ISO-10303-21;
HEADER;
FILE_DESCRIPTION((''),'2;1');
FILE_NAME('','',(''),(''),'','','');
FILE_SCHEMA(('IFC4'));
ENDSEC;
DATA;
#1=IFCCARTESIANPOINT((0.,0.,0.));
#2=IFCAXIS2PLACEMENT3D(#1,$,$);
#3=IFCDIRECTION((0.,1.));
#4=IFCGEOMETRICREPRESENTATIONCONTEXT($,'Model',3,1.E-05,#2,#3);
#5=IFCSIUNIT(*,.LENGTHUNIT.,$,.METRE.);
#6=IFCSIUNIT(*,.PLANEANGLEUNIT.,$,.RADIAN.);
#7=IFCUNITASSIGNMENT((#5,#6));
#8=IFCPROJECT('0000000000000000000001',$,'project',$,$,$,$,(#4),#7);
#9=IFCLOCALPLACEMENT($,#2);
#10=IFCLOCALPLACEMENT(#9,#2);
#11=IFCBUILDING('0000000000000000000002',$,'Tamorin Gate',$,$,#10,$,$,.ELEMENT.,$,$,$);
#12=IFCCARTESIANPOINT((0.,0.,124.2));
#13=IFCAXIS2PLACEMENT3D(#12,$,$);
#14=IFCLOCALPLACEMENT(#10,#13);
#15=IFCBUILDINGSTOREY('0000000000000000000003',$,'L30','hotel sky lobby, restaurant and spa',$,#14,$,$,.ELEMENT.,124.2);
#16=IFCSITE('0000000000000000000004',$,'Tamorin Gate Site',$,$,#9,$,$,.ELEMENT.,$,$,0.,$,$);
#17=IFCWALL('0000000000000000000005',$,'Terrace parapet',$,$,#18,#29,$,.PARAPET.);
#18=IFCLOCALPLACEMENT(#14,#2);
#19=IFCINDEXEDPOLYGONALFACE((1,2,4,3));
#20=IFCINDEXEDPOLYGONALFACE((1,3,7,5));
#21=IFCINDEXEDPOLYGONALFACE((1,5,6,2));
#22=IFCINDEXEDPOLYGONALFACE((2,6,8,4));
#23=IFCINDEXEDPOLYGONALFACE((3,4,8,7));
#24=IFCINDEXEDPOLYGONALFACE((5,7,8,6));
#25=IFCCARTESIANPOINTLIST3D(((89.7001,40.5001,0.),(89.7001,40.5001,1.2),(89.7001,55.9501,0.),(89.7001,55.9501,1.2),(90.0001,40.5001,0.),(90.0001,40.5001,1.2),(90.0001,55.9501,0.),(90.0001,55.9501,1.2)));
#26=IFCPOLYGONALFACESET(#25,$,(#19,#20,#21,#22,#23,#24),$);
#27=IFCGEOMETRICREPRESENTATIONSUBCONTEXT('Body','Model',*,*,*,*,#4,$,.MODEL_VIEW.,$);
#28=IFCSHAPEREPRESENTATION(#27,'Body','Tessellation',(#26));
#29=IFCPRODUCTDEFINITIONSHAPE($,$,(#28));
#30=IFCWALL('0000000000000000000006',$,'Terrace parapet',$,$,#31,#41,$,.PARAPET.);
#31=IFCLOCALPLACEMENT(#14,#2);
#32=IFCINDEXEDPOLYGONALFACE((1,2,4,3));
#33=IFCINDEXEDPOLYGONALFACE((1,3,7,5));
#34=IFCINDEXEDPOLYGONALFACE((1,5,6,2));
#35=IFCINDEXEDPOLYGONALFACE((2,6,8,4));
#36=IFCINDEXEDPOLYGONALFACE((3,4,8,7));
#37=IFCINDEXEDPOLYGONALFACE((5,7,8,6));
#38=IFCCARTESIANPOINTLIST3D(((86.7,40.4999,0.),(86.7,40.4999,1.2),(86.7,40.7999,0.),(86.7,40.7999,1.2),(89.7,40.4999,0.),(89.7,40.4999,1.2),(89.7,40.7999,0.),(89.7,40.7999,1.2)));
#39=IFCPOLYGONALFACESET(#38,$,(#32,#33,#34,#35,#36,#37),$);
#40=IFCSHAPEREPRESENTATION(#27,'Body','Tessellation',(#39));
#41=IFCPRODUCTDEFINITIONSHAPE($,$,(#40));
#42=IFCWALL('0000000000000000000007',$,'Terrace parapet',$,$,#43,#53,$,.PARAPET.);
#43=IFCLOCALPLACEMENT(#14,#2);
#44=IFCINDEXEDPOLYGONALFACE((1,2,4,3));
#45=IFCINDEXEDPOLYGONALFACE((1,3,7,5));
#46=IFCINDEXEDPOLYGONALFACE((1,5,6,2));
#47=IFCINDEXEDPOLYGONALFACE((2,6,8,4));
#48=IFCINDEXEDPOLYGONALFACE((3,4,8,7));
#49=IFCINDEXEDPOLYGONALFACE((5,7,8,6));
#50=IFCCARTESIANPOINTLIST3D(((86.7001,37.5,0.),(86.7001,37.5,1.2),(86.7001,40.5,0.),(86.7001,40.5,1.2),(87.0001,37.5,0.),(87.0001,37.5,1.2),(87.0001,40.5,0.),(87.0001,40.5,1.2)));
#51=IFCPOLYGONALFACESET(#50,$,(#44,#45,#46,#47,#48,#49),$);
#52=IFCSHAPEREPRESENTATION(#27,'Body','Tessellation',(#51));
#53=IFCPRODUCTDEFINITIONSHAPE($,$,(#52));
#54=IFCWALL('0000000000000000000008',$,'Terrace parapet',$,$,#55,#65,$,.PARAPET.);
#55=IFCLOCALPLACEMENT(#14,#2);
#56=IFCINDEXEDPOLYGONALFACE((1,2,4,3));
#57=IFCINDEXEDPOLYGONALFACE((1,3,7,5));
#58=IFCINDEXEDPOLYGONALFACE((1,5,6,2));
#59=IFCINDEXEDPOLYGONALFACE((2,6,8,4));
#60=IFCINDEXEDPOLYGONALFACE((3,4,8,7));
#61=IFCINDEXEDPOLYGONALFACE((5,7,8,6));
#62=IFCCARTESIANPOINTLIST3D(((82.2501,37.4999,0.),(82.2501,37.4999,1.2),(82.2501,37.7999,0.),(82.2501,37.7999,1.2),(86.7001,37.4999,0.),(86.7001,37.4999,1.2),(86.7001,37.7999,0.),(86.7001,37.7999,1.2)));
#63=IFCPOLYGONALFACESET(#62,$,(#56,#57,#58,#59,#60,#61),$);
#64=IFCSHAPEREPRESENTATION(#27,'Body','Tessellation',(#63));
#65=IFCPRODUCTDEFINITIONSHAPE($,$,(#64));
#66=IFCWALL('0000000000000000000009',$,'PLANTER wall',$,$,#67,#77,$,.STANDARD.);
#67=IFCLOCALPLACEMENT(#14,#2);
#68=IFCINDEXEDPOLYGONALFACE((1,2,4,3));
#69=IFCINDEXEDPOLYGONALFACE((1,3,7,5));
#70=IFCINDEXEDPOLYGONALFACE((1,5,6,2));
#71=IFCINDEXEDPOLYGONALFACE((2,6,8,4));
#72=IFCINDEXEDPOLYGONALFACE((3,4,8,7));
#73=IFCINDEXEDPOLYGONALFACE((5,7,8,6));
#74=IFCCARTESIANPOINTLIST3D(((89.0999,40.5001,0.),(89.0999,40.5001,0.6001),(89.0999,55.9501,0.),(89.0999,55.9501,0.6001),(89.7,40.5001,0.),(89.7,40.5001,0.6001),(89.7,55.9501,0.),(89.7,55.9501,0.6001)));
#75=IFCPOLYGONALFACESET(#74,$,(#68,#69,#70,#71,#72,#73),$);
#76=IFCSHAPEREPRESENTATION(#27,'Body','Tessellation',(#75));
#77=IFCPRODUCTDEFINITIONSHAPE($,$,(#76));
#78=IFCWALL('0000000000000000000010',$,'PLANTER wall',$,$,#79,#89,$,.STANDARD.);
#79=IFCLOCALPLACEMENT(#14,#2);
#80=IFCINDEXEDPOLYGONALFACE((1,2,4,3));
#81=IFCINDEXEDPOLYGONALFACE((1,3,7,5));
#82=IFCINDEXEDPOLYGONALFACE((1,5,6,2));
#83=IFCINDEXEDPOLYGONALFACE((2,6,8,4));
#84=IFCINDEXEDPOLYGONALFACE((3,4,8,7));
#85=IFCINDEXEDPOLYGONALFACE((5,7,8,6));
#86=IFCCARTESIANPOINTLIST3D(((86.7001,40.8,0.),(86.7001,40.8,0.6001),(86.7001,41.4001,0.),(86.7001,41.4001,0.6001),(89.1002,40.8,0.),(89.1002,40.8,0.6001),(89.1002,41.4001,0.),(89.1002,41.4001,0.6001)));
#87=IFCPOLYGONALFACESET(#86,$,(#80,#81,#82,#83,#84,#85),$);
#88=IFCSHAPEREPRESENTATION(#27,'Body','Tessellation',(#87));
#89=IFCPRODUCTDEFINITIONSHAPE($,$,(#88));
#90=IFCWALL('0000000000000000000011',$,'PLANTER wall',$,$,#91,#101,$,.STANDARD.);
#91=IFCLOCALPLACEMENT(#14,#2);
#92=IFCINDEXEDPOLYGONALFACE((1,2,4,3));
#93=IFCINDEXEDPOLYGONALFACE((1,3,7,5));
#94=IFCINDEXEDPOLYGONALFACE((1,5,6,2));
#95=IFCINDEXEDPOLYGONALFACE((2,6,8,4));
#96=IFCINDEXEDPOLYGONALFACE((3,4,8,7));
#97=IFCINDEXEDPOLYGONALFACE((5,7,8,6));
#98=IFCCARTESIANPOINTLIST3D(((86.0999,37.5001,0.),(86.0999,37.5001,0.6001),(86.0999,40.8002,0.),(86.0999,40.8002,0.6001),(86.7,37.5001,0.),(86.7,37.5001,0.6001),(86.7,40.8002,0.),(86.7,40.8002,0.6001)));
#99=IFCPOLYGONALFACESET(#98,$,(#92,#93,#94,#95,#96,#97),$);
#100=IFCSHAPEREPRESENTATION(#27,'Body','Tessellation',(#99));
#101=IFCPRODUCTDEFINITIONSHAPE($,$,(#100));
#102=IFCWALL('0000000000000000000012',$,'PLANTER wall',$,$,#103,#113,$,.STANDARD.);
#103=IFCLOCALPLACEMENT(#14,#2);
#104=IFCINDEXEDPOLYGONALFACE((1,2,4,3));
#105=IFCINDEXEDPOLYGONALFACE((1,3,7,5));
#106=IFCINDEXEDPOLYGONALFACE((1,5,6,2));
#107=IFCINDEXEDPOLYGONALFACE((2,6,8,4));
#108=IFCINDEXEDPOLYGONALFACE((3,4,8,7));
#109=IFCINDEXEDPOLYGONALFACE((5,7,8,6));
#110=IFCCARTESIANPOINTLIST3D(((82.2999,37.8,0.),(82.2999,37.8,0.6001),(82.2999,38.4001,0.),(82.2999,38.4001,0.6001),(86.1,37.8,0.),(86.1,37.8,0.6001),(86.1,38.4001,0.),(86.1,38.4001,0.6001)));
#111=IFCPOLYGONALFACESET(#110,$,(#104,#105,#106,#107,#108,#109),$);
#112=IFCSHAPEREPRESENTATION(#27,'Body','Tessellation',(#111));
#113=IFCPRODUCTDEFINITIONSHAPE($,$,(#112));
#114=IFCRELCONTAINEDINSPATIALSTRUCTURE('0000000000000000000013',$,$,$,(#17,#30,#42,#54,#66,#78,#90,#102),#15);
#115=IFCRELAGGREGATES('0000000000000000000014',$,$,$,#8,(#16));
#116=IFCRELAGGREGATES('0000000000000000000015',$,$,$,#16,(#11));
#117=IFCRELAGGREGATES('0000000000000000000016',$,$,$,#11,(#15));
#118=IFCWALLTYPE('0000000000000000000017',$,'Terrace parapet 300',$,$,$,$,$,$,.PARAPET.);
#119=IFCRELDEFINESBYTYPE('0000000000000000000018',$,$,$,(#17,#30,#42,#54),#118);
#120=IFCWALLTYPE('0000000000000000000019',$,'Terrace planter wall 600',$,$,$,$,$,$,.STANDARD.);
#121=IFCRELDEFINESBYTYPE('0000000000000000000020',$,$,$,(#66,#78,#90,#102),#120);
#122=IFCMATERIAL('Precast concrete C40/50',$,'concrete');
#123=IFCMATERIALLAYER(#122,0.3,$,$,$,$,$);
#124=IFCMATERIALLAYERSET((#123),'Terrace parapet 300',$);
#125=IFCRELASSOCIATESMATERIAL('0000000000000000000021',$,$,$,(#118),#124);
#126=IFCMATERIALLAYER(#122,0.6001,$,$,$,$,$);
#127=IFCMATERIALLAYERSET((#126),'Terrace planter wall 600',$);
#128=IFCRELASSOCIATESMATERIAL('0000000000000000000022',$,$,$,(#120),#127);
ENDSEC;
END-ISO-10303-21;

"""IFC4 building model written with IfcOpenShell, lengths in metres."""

from ifc_helpers import new_model, si_unit, direction, frame, frame_2d, origin, place, context, subcontext, project, spatial, rectangle, extrude, material, layer, layer_set, type_object, element, save


model = new_model("IFC4")

# Units and contexts
model_context = context("Model", 3, precision=1e-05, world=origin(), true_north=direction((0.0, 1.0)))
body_context = subcontext(model_context, "Body", "Model", "MODEL_VIEW")
ifc_project = project(units=[si_unit("LENGTHUNIT", "METRE"), si_unit("PLANEANGLEUNIT", "RADIAN")], contexts=[model_context])

# Site, building, storey
site_placement = place(None, origin())
site = spatial("IfcSite", under=ifc_project, at=site_placement, Name="Tamorin Gate Site", CompositionType="ELEMENT", RefElevation=0.0)
building_placement = place(site_placement, origin())
building = spatial("IfcBuilding", under=site, at=building_placement, Name="Tamorin Gate", CompositionType="ELEMENT")
storey_placement = place(building_placement, frame((0.0, 0.0, 124.2)))
storey = spatial("IfcBuildingStorey", under=building, at=storey_placement, Name="L30", Description="hotel sky lobby, restaurant and spa", CompositionType="ELEMENT", Elevation=124.2)

# Walls
ifc_material_1 = material(Name="Precast concrete C40/50", Category="concrete")
ifc_layer_1 = layer(ifc_material_1, 0.3)
ifc_layer_set_1 = layer_set([ifc_layer_1], Name="Terrace parapet 300")
wall_type_1 = type_object("IfcWallType", Name="Terrace parapet 300", PredefinedType="PARAPET", material=ifc_layer_set_1)
wall_1_placement = place(storey_placement, frame((89.8501, 40.5, 0.0), z_axis=(0.0, 0.0, 1.0), x_axis=(0.0, 1.0, 0.0)))
element("IfcWall", 1, at=wall_1_placement, inside=storey, type_object=wall_type_1, Name="Terrace parapet", PredefinedType="PARAPET", context=body_context, shape_type="SweptSolid", body=[
    extrude(rectangle(XDim=15.45, YDim=0.3, at=frame_2d((7.7251, 0.0))), origin(), (0.0, 0.0, 1.0), 1.2),
])
for number, where, z_axis, x_axis, name in (
    (2, (86.7, 40.6499, 0.0), (0.0, 0.0, 1.0), (1.0, 0.0, 0.0), "Terrace parapet"),
    (3, (86.8501, 37.5, 0.0), (0.0, 0.0, 1.0), (0.0, 1.0, 0.0), "Terrace parapet"),
):
    element("IfcWall", number, at=place(storey_placement, frame(where, z_axis=z_axis, x_axis=x_axis)), inside=storey, type_object=wall_type_1, Name=name, PredefinedType="PARAPET", context=body_context, shape_type="SweptSolid", body=[
        extrude(rectangle(XDim=3.0, YDim=0.3, at=frame_2d((1.5, 0.0))), origin(), (0.0, 0.0, 1.0), 1.2),
    ])
wall_2_placement = place(storey_placement, frame((82.25, 37.6499, 0.0), z_axis=(0.0, 0.0, 1.0), x_axis=(1.0, 0.0, 0.0)))
element("IfcWall", 4, at=wall_2_placement, inside=storey, type_object=wall_type_1, Name="Terrace parapet", PredefinedType="PARAPET", context=body_context, shape_type="SweptSolid", body=[
    extrude(rectangle(XDim=4.45, YDim=0.3, at=frame_2d((2.2251, 0.0))), origin(), (0.0, 0.0, 1.0), 1.2),
])
ifc_layer_2 = layer(ifc_material_1, 0.6001)
ifc_layer_set_2 = layer_set([ifc_layer_2], Name="Terrace planter wall 600")
wall_type_2 = type_object("IfcWallType", Name="Terrace planter wall 600", PredefinedType="STANDARD", material=ifc_layer_set_2)
wall_3_placement = place(storey_placement, frame((89.3999, 40.5, 0.0), z_axis=(0.0, 0.0, 1.0), x_axis=(0.0, 1.0, 0.0)))
element("IfcWall", 5, at=wall_3_placement, inside=storey, type_object=wall_type_2, Name="PLANTER wall", PredefinedType="STANDARD", context=body_context, shape_type="SweptSolid", body=[
    extrude(rectangle(XDim=15.45, YDim=0.6001, at=frame_2d((7.7251, 0.0))), origin(), (0.0, 0.0, 1.0), 0.6001),
])
wall_4_placement = place(storey_placement, frame((86.7, 41.1001, 0.0), z_axis=(0.0, 0.0, 1.0), x_axis=(1.0, 0.0, 0.0)))
element("IfcWall", 6, at=wall_4_placement, inside=storey, type_object=wall_type_2, Name="PLANTER wall", PredefinedType="STANDARD", context=body_context, shape_type="SweptSolid", body=[
    extrude(rectangle(XDim=2.4001, YDim=0.6001, at=frame_2d((1.2002, 0.0))), origin(), (0.0, 0.0, 1.0), 0.6001),
])
wall_5_placement = place(storey_placement, frame((86.3999, 40.8, 0.0), z_axis=(0.0, 0.0, 1.0), x_axis=(0.0, -1.0, 0.0)))
element("IfcWall", 7, at=wall_5_placement, inside=storey, type_object=wall_type_2, Name="PLANTER wall", PredefinedType="STANDARD", context=body_context, shape_type="SweptSolid", body=[
    extrude(rectangle(XDim=3.3, YDim=0.6001, at=frame_2d((1.6499, 0.0))), origin(), (0.0, 0.0, 1.0), 0.6001),
])
wall_6_placement = place(storey_placement, frame((82.3, 38.1001, 0.0), z_axis=(0.0, 0.0, 1.0), x_axis=(1.0, 0.0, 0.0)))
element("IfcWall", 8, at=wall_6_placement, inside=storey, type_object=wall_type_2, Name="PLANTER wall", PredefinedType="STANDARD", context=body_context, shape_type="SweptSolid", body=[
    extrude(rectangle(XDim=3.8, YDim=0.6001, at=frame_2d((1.8999, 0.0))), origin(), (0.0, 0.0, 1.0), 0.6001),
])

save(model, "model.ifc")
